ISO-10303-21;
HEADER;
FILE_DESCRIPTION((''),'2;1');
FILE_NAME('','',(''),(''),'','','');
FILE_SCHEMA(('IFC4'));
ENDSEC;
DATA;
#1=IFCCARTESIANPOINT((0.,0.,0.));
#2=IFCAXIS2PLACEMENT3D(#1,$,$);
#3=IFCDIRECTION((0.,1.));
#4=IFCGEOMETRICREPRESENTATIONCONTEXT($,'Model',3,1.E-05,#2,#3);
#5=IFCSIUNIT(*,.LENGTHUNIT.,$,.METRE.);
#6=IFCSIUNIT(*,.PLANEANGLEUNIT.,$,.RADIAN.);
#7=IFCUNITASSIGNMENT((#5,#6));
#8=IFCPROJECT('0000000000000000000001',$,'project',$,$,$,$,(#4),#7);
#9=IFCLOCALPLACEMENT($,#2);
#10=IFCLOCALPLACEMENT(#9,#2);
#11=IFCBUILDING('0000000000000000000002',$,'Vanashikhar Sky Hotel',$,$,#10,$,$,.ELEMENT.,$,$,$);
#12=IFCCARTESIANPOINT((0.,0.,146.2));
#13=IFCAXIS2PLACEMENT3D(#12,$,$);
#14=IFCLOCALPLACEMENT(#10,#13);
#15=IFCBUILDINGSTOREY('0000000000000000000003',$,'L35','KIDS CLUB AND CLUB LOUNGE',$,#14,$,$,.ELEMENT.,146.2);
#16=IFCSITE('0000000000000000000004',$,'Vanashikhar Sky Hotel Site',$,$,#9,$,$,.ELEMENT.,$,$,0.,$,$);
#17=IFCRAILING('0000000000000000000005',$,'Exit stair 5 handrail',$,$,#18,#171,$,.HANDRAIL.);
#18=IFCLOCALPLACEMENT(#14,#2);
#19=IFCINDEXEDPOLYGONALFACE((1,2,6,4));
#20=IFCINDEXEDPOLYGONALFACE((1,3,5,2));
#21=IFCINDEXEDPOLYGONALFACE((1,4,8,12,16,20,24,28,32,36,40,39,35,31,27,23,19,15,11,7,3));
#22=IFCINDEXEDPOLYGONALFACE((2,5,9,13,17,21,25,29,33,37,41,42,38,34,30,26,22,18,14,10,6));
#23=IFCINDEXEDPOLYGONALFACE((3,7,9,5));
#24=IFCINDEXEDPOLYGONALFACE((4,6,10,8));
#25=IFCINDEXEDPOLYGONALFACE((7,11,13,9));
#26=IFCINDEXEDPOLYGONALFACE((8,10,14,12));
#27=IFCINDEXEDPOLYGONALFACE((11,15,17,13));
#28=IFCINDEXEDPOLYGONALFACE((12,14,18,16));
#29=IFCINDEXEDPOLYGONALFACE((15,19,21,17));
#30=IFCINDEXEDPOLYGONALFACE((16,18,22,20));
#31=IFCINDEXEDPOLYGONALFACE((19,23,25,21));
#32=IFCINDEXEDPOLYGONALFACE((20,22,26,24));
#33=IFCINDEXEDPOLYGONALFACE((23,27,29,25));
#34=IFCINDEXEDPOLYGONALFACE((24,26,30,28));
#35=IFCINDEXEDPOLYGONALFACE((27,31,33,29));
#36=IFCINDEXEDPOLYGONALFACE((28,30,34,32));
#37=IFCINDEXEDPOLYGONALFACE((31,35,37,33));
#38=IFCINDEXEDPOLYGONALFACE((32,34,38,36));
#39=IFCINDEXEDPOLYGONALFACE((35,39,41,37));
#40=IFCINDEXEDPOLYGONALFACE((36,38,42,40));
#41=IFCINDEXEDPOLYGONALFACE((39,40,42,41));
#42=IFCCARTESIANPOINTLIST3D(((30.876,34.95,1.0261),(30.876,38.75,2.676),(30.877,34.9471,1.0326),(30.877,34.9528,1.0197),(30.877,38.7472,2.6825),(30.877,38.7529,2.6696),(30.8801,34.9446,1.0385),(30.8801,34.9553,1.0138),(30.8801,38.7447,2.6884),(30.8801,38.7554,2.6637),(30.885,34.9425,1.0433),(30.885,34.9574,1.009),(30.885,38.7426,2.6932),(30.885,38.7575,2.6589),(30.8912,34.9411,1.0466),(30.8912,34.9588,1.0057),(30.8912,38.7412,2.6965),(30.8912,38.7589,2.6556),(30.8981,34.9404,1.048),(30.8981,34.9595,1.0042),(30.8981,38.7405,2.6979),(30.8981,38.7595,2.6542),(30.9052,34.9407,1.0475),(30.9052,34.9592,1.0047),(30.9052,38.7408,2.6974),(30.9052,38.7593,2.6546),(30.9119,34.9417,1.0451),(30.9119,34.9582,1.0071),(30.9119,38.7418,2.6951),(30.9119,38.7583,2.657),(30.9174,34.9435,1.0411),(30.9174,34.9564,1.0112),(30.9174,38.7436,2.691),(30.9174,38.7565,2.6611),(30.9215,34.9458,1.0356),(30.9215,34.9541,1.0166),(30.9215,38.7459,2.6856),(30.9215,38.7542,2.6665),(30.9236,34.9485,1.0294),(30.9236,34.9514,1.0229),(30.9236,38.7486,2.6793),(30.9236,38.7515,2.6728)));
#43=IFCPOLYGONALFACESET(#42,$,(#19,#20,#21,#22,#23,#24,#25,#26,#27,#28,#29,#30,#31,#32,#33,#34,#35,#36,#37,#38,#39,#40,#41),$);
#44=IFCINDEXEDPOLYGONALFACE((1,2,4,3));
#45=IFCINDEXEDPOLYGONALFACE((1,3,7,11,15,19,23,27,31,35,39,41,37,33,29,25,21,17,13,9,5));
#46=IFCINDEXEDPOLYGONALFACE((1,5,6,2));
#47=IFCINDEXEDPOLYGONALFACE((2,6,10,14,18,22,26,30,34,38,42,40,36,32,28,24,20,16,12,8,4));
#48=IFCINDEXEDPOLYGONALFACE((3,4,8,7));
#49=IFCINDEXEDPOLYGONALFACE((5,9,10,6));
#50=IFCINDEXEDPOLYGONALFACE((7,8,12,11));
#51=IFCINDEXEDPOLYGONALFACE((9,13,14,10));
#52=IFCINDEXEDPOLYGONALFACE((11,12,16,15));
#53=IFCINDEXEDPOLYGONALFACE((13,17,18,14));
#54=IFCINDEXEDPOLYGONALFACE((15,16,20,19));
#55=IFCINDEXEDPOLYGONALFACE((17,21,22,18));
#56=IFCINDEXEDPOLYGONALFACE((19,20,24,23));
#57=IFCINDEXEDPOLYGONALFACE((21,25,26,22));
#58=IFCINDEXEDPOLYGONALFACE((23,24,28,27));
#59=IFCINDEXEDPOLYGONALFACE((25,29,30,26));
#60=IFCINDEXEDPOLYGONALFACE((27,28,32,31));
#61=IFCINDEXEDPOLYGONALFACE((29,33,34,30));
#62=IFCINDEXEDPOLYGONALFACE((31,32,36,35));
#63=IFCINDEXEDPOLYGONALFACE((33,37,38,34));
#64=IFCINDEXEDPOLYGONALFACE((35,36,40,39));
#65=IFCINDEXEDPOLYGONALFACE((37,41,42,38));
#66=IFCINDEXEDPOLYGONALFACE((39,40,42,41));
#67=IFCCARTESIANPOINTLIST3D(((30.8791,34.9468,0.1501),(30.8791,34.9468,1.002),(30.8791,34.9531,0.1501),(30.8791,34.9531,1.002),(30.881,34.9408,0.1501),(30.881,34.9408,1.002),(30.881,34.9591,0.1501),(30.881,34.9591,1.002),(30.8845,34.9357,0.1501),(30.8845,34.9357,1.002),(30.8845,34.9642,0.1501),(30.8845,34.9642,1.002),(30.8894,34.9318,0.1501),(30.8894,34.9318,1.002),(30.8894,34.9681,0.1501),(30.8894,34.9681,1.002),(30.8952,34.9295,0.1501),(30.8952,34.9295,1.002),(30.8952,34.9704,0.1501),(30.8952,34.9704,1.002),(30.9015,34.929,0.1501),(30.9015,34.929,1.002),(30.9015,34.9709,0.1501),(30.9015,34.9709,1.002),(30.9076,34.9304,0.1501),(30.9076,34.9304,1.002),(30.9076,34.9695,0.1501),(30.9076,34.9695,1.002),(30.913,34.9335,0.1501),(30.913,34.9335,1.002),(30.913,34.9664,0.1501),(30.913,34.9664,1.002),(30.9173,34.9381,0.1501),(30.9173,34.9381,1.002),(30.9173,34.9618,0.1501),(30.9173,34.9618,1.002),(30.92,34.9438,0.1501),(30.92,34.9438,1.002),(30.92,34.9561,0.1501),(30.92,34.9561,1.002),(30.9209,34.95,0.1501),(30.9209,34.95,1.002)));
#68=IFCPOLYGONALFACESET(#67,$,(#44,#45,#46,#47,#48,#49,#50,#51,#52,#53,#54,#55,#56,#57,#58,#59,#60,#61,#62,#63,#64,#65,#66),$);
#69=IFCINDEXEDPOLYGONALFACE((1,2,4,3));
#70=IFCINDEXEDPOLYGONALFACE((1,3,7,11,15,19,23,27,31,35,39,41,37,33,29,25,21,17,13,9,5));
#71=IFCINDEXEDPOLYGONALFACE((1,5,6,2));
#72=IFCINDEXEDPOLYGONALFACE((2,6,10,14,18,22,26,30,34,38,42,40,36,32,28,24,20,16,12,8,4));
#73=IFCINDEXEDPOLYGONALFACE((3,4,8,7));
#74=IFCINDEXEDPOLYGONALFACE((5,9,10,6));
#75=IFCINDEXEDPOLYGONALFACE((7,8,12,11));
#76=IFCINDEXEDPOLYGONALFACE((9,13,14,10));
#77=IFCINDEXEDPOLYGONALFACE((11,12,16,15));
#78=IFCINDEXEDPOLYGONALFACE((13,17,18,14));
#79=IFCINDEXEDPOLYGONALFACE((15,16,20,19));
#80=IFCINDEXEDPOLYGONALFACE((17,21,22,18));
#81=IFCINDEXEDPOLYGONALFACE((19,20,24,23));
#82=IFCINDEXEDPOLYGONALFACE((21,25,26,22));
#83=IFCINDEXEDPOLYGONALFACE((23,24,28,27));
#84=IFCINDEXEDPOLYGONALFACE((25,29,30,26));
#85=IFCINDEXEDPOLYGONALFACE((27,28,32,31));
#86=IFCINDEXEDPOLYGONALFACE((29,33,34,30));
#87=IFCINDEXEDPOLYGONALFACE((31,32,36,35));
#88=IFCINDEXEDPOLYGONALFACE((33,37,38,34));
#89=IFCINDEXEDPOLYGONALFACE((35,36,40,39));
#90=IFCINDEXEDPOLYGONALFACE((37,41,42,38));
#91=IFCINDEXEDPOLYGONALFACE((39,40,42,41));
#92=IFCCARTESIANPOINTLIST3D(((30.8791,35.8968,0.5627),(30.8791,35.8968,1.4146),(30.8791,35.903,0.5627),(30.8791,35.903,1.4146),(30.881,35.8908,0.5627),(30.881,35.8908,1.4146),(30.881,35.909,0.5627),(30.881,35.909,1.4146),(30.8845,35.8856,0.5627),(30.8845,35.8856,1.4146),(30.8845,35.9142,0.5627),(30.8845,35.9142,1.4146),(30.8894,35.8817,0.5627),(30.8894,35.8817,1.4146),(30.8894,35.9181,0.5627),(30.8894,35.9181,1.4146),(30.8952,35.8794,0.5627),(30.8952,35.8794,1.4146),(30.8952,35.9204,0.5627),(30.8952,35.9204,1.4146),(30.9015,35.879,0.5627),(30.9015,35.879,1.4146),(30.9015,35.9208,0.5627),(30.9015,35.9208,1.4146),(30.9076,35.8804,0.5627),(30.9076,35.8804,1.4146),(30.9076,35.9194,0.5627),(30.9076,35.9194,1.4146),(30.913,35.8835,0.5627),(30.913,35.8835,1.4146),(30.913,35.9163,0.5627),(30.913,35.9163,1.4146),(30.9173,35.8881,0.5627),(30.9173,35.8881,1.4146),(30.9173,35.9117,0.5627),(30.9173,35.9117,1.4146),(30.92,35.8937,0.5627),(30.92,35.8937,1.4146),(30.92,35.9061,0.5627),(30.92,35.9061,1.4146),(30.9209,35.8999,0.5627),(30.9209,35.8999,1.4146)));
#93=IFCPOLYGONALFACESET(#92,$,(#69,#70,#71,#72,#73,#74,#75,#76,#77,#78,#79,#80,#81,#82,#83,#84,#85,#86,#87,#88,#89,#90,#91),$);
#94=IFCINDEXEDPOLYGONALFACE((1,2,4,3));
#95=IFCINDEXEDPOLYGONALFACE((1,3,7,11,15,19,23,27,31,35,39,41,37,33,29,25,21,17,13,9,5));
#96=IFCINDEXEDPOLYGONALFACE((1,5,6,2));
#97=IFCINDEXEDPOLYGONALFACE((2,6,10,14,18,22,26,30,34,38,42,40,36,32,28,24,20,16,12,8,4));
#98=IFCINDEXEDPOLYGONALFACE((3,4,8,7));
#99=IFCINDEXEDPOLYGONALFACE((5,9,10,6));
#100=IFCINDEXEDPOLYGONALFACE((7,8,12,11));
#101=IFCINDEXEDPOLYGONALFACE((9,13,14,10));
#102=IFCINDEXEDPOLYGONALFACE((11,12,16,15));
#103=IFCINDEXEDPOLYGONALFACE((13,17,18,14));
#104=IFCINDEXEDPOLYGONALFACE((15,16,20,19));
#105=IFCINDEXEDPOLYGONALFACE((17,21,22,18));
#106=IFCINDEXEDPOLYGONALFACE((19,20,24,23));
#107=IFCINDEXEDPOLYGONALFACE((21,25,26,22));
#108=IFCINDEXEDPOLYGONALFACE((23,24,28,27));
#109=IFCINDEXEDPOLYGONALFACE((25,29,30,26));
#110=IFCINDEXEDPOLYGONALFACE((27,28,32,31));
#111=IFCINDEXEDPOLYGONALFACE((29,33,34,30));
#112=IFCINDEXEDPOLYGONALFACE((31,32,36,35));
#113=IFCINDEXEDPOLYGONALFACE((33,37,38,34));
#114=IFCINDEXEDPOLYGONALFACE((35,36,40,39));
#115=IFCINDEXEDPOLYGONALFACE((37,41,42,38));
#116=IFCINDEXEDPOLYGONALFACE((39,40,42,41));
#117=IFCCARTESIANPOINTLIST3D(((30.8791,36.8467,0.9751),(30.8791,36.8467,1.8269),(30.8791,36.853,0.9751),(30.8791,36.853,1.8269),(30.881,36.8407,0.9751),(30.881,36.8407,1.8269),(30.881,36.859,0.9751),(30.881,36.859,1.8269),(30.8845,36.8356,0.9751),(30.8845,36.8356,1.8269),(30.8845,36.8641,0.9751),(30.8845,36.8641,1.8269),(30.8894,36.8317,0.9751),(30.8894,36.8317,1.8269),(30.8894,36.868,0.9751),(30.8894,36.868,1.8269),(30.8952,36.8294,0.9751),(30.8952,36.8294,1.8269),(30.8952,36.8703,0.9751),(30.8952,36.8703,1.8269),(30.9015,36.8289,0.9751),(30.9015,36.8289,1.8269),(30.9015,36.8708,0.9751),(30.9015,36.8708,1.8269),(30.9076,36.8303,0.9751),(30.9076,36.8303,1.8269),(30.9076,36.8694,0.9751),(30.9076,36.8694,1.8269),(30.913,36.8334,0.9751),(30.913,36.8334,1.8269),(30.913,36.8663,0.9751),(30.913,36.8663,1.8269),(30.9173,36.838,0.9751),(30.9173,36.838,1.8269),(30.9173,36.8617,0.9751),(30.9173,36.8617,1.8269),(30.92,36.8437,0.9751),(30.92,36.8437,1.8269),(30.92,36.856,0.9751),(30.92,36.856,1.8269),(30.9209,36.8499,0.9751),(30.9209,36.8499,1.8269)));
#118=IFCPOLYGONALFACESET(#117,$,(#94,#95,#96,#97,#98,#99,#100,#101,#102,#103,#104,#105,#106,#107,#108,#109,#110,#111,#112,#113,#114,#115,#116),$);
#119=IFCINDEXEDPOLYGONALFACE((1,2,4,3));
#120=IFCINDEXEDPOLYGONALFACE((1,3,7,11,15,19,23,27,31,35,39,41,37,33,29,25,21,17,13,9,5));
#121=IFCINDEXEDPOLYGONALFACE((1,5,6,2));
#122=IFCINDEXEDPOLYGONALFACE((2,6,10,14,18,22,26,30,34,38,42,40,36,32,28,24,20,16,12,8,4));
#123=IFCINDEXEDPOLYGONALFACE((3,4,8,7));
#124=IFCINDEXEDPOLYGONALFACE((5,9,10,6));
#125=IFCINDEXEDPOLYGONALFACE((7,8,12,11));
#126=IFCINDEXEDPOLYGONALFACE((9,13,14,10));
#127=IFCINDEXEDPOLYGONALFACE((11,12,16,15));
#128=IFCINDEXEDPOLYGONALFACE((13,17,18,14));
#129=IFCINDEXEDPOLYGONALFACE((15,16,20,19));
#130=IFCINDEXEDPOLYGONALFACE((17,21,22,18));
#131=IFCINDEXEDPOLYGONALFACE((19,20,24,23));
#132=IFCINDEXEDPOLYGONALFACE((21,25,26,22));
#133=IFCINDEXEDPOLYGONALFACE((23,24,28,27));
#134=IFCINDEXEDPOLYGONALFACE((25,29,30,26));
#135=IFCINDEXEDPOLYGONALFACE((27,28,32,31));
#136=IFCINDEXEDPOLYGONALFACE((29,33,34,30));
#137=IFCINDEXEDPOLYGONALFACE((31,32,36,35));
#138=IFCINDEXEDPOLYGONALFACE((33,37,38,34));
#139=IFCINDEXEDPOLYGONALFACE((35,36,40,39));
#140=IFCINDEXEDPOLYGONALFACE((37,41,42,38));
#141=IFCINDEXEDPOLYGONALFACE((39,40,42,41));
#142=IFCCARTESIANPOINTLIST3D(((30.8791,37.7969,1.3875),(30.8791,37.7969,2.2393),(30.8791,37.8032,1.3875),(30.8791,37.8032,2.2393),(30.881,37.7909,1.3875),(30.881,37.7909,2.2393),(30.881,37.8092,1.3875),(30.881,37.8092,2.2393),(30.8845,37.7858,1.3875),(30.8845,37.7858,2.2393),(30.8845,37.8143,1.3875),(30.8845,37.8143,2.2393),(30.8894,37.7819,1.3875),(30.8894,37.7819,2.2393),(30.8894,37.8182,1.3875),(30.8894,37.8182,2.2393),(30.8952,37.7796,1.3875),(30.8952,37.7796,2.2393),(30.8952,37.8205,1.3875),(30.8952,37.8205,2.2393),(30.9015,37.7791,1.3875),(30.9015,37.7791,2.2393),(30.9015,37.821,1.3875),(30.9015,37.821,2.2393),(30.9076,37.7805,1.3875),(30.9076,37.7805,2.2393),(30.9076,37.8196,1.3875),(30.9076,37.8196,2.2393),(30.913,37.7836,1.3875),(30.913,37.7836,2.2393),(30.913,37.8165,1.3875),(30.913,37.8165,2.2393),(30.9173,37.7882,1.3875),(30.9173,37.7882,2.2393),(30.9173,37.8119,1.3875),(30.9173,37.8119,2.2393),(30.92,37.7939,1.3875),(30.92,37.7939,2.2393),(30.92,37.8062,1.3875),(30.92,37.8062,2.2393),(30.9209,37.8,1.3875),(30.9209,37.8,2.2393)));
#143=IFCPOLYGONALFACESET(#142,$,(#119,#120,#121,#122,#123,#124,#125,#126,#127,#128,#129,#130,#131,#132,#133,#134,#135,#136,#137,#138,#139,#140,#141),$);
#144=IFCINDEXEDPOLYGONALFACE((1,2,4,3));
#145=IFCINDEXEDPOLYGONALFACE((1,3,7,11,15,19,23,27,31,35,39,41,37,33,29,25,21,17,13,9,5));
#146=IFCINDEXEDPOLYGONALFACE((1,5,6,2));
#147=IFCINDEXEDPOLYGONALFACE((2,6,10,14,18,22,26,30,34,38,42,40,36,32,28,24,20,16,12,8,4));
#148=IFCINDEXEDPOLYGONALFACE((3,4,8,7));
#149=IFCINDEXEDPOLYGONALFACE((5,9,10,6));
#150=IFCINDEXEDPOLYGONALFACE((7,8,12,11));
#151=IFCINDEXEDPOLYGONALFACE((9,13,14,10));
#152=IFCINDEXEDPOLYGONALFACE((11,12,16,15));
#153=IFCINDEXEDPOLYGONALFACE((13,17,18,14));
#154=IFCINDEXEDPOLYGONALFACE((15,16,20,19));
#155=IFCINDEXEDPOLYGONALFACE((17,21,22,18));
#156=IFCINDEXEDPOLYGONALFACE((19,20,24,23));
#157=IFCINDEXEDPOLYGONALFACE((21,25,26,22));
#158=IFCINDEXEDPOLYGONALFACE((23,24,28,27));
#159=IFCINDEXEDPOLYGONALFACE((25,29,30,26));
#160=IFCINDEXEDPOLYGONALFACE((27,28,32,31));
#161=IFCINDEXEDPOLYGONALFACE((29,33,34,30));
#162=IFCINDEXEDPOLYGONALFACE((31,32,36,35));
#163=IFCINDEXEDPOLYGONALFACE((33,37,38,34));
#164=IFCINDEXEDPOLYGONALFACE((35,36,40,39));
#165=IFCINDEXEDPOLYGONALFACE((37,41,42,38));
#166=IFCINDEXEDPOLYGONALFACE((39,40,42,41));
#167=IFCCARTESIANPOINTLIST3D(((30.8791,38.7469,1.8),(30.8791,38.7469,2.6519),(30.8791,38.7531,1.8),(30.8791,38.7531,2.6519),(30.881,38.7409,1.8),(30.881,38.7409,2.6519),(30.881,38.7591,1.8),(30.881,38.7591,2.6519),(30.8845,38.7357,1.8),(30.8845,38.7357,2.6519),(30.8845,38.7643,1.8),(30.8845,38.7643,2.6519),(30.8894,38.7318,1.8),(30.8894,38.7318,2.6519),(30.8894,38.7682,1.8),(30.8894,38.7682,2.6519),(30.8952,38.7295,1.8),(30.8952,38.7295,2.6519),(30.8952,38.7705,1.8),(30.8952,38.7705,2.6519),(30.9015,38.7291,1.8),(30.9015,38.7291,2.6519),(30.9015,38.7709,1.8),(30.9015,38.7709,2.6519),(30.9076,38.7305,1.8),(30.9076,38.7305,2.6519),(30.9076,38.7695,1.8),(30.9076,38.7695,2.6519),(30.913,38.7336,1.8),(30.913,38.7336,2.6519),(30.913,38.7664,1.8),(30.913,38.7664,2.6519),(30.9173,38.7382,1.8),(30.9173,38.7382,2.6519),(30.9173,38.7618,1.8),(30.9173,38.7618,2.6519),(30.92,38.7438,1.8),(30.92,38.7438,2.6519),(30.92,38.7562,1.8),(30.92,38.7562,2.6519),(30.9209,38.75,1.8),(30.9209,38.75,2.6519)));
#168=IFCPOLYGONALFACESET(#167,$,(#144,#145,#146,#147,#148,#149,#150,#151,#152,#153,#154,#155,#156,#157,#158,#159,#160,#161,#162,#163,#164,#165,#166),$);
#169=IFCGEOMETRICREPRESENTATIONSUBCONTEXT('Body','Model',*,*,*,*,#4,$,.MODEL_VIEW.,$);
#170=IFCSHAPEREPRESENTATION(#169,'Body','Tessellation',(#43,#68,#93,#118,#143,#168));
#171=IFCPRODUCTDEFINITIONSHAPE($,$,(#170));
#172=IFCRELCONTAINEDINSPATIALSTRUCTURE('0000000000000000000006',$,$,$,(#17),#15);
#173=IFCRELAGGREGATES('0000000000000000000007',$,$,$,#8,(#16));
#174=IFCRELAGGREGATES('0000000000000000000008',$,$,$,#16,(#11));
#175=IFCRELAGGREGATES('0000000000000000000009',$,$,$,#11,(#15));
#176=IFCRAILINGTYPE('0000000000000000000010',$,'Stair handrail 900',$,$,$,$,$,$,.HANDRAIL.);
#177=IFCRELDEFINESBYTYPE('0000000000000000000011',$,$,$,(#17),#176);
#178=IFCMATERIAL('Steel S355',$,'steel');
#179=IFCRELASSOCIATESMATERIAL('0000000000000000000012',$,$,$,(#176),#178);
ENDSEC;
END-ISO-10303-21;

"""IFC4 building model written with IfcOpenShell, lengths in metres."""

from ifc_helpers import new_model, si_unit, direction, frame, origin, origin_2d, place, context, subcontext, project, spatial, circle, extrude, source, transform, mapped, material, type_object, element, save


model = new_model("IFC4")

# Units and contexts
model_context = context("Model", 3, precision=1e-05, world=origin(), true_north=direction((0.0, 1.0)))
body_context = subcontext(model_context, "Body", "Model", "MODEL_VIEW")
ifc_project = project(units=[si_unit("LENGTHUNIT", "METRE"), si_unit("PLANEANGLEUNIT", "RADIAN")], contexts=[model_context])

# Site, building, storey
site_placement = place(None, origin())
site = spatial("IfcSite", under=ifc_project, at=site_placement, Name="Vanashikhar Sky Hotel Site", CompositionType="ELEMENT", RefElevation=0.0)
building_placement = place(site_placement, origin())
building = spatial("IfcBuilding", under=site, at=building_placement, Name="Vanashikhar Sky Hotel", CompositionType="ELEMENT")
storey_placement = place(building_placement, frame((0.0, 0.0, 146.2)))
storey = spatial("IfcBuildingStorey", under=building, at=storey_placement, Name="L35", Description="KIDS CLUB AND CLUB LOUNGE", CompositionType="ELEMENT", Elevation=146.2)

# Railing
ifc_material_1 = material(Name="Steel S355", Category="steel")
railing_type = type_object("IfcRailingType", Name="Stair handrail 900", PredefinedType="HANDRAIL", material=ifc_material_1)
shared_shape_1 = source(origin(), body_context, "Body", "SweptSolid", [
    extrude(circle(Radius=0.0239, at=origin_2d()), frame((0.0, 0.0, 0.876), z_axis=(0.0, 0.917272, 0.398261), x_axis=(-1.0, 0.0, 0.0)), (0.0, 0.0, 1.0), 4.1428),
    extrude(circle(Radius=0.021, at=origin_2d()), origin(), (0.0, 0.0, 1.0), 0.8518),
    extrude(circle(Radius=0.021, at=origin_2d()), frame((0.0, 0.95, 0.4126)), (0.0, 0.0, 1.0), 0.8518),
    extrude(circle(Radius=0.021, at=origin_2d()), frame((0.0, 1.8999, 0.825)), (0.0, 0.0, 1.0), 0.8518),
    extrude(circle(Radius=0.021, at=origin_2d()), frame((0.0, 2.8501, 1.2373)), (0.0, 0.0, 1.0), 0.8518),
    extrude(circle(Radius=0.021, at=origin_2d()), frame((0.0, 3.8, 1.6499)), (0.0, 0.0, 1.0), 0.8518),
])
for number, where, name in (
    (1, (30.8999, 34.95, 0.1501), "Exit stair 5 handrail"),
):
    element("IfcRailing", number, at=place(storey_placement, frame(where)), inside=storey, type_object=railing_type, Name=name, PredefinedType="HANDRAIL", context=body_context, shape_type="MappedRepresentation", body=[
        mapped(shared_shape_1, transform((0.0, 0.0, 0.0), scale=1.0)),
    ])

save(model, "model.ifc")
